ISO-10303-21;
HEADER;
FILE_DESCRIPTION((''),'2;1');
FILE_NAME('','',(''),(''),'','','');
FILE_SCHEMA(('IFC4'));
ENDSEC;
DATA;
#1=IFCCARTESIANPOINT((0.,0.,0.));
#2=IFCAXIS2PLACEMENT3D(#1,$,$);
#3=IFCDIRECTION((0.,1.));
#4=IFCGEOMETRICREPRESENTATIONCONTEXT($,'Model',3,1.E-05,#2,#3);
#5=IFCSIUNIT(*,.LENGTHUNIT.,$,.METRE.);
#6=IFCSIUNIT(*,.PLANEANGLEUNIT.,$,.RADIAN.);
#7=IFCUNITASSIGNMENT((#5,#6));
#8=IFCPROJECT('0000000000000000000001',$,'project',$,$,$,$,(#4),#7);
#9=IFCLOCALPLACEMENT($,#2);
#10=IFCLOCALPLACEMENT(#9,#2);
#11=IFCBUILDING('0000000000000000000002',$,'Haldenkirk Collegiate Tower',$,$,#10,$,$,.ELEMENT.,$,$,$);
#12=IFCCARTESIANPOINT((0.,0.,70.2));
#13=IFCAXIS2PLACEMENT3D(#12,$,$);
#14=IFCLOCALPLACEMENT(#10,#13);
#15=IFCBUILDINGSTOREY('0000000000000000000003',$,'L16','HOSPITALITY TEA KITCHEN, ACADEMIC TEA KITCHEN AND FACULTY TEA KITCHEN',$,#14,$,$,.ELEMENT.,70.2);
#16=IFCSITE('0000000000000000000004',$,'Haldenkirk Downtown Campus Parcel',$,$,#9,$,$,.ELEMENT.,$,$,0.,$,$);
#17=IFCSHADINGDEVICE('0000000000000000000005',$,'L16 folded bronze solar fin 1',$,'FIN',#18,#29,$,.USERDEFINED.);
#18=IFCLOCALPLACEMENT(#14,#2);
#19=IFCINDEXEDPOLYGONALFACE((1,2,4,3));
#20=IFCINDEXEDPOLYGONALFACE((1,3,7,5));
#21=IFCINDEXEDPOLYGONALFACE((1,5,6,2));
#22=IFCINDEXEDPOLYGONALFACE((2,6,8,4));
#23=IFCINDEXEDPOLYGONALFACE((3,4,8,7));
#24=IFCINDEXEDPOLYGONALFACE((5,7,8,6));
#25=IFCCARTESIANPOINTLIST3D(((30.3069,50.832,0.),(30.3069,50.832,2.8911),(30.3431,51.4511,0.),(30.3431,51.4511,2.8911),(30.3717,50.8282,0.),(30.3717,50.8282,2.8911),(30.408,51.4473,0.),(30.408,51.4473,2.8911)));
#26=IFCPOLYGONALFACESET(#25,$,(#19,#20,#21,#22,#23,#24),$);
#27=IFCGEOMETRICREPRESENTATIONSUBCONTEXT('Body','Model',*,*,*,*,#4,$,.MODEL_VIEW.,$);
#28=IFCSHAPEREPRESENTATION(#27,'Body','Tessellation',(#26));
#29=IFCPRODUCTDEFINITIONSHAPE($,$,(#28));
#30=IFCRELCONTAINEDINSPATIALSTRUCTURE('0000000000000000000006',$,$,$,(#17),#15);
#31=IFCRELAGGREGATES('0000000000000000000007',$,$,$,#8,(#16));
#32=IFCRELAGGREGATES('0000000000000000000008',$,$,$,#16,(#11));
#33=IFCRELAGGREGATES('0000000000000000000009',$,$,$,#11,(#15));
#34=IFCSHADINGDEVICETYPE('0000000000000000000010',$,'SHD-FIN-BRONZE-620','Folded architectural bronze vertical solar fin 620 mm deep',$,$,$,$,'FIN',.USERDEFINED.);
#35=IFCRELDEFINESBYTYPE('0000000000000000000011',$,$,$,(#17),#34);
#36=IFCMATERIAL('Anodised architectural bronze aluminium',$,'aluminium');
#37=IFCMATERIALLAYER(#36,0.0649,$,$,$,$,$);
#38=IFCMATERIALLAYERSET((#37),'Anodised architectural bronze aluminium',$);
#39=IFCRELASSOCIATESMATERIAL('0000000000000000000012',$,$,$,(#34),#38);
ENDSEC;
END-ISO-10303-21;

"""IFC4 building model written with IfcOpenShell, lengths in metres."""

from ifc_helpers import new_model, si_unit, direction, frame, origin, origin_2d, place, context, subcontext, project, spatial, rectangle, extrude, source, transform, mapped, material, layer, layer_set, type_object, element, save


model = new_model("IFC4")

# Units and contexts
model_context = context("Model", 3, precision=1e-05, world=origin(), true_north=direction((0.0, 1.0)))
body_context = subcontext(model_context, "Body", "Model", "MODEL_VIEW")
ifc_project = project(units=[si_unit("LENGTHUNIT", "METRE"), si_unit("PLANEANGLEUNIT", "RADIAN")], contexts=[model_context])

# Site, building, storey
site_placement = place(None, origin())
site = spatial("IfcSite", under=ifc_project, at=site_placement, Name="Haldenkirk Downtown Campus Parcel", CompositionType="ELEMENT", RefElevation=0.0)
building_placement = place(site_placement, origin())
building = spatial("IfcBuilding", under=site, at=building_placement, Name="Haldenkirk Collegiate Tower", CompositionType="ELEMENT")
storey_placement = place(building_placement, frame((0.0, 0.0, 70.2)))
storey = spatial("IfcBuildingStorey", under=building, at=storey_placement, Name="L16", Description="HOSPITALITY TEA KITCHEN, ACADEMIC TEA KITCHEN AND FACULTY TEA KITCHEN", CompositionType="ELEMENT", Elevation=70.2)

# Shared definitions
ifc_material_1 = material(Name="Anodised architectural bronze aluminium", Category="aluminium")

# Shading device
ifc_layer_1 = layer(ifc_material_1, 0.0649)
ifc_layer_set_1 = layer_set([ifc_layer_1], Name="Anodised architectural bronze aluminium")
shading_device_type = type_object("IfcShadingDeviceType", Name="SHD-FIN-BRONZE-620", Description="Folded architectural bronze vertical solar fin 620 mm deep", ElementType="FIN", PredefinedType="USERDEFINED", material=ifc_layer_set_1)
shared_shape_1 = source(origin(), body_context, "Body", "SweptSolid", [
    extrude(rectangle(XDim=0.6201, YDim=0.0649, at=origin_2d()), origin(), (0.0, 0.0, 1.0), 2.8911),
])
shading_device_placement = place(storey_placement, frame((30.3574, 51.1396, 0.0), z_axis=(0.0, 0.0, 1.0), x_axis=(0.058435, 0.998291, 0.0)))
element("IfcShadingDevice", 1, at=shading_device_placement, inside=storey, type_object=shading_device_type, Name="L16 folded bronze solar fin 1", ObjectType="FIN", PredefinedType="USERDEFINED", context=body_context, shape_type="MappedRepresentation", body=[
    mapped(shared_shape_1, transform((0.0, 0.0, 0.0), x_axis=(1.0, 0.0, 0.0), y_axis=(0.0, 1.0, 0.0), z_axis=(0.0, 0.0, 1.0), scale=1.0)),
])

save(model, "model.ifc")
